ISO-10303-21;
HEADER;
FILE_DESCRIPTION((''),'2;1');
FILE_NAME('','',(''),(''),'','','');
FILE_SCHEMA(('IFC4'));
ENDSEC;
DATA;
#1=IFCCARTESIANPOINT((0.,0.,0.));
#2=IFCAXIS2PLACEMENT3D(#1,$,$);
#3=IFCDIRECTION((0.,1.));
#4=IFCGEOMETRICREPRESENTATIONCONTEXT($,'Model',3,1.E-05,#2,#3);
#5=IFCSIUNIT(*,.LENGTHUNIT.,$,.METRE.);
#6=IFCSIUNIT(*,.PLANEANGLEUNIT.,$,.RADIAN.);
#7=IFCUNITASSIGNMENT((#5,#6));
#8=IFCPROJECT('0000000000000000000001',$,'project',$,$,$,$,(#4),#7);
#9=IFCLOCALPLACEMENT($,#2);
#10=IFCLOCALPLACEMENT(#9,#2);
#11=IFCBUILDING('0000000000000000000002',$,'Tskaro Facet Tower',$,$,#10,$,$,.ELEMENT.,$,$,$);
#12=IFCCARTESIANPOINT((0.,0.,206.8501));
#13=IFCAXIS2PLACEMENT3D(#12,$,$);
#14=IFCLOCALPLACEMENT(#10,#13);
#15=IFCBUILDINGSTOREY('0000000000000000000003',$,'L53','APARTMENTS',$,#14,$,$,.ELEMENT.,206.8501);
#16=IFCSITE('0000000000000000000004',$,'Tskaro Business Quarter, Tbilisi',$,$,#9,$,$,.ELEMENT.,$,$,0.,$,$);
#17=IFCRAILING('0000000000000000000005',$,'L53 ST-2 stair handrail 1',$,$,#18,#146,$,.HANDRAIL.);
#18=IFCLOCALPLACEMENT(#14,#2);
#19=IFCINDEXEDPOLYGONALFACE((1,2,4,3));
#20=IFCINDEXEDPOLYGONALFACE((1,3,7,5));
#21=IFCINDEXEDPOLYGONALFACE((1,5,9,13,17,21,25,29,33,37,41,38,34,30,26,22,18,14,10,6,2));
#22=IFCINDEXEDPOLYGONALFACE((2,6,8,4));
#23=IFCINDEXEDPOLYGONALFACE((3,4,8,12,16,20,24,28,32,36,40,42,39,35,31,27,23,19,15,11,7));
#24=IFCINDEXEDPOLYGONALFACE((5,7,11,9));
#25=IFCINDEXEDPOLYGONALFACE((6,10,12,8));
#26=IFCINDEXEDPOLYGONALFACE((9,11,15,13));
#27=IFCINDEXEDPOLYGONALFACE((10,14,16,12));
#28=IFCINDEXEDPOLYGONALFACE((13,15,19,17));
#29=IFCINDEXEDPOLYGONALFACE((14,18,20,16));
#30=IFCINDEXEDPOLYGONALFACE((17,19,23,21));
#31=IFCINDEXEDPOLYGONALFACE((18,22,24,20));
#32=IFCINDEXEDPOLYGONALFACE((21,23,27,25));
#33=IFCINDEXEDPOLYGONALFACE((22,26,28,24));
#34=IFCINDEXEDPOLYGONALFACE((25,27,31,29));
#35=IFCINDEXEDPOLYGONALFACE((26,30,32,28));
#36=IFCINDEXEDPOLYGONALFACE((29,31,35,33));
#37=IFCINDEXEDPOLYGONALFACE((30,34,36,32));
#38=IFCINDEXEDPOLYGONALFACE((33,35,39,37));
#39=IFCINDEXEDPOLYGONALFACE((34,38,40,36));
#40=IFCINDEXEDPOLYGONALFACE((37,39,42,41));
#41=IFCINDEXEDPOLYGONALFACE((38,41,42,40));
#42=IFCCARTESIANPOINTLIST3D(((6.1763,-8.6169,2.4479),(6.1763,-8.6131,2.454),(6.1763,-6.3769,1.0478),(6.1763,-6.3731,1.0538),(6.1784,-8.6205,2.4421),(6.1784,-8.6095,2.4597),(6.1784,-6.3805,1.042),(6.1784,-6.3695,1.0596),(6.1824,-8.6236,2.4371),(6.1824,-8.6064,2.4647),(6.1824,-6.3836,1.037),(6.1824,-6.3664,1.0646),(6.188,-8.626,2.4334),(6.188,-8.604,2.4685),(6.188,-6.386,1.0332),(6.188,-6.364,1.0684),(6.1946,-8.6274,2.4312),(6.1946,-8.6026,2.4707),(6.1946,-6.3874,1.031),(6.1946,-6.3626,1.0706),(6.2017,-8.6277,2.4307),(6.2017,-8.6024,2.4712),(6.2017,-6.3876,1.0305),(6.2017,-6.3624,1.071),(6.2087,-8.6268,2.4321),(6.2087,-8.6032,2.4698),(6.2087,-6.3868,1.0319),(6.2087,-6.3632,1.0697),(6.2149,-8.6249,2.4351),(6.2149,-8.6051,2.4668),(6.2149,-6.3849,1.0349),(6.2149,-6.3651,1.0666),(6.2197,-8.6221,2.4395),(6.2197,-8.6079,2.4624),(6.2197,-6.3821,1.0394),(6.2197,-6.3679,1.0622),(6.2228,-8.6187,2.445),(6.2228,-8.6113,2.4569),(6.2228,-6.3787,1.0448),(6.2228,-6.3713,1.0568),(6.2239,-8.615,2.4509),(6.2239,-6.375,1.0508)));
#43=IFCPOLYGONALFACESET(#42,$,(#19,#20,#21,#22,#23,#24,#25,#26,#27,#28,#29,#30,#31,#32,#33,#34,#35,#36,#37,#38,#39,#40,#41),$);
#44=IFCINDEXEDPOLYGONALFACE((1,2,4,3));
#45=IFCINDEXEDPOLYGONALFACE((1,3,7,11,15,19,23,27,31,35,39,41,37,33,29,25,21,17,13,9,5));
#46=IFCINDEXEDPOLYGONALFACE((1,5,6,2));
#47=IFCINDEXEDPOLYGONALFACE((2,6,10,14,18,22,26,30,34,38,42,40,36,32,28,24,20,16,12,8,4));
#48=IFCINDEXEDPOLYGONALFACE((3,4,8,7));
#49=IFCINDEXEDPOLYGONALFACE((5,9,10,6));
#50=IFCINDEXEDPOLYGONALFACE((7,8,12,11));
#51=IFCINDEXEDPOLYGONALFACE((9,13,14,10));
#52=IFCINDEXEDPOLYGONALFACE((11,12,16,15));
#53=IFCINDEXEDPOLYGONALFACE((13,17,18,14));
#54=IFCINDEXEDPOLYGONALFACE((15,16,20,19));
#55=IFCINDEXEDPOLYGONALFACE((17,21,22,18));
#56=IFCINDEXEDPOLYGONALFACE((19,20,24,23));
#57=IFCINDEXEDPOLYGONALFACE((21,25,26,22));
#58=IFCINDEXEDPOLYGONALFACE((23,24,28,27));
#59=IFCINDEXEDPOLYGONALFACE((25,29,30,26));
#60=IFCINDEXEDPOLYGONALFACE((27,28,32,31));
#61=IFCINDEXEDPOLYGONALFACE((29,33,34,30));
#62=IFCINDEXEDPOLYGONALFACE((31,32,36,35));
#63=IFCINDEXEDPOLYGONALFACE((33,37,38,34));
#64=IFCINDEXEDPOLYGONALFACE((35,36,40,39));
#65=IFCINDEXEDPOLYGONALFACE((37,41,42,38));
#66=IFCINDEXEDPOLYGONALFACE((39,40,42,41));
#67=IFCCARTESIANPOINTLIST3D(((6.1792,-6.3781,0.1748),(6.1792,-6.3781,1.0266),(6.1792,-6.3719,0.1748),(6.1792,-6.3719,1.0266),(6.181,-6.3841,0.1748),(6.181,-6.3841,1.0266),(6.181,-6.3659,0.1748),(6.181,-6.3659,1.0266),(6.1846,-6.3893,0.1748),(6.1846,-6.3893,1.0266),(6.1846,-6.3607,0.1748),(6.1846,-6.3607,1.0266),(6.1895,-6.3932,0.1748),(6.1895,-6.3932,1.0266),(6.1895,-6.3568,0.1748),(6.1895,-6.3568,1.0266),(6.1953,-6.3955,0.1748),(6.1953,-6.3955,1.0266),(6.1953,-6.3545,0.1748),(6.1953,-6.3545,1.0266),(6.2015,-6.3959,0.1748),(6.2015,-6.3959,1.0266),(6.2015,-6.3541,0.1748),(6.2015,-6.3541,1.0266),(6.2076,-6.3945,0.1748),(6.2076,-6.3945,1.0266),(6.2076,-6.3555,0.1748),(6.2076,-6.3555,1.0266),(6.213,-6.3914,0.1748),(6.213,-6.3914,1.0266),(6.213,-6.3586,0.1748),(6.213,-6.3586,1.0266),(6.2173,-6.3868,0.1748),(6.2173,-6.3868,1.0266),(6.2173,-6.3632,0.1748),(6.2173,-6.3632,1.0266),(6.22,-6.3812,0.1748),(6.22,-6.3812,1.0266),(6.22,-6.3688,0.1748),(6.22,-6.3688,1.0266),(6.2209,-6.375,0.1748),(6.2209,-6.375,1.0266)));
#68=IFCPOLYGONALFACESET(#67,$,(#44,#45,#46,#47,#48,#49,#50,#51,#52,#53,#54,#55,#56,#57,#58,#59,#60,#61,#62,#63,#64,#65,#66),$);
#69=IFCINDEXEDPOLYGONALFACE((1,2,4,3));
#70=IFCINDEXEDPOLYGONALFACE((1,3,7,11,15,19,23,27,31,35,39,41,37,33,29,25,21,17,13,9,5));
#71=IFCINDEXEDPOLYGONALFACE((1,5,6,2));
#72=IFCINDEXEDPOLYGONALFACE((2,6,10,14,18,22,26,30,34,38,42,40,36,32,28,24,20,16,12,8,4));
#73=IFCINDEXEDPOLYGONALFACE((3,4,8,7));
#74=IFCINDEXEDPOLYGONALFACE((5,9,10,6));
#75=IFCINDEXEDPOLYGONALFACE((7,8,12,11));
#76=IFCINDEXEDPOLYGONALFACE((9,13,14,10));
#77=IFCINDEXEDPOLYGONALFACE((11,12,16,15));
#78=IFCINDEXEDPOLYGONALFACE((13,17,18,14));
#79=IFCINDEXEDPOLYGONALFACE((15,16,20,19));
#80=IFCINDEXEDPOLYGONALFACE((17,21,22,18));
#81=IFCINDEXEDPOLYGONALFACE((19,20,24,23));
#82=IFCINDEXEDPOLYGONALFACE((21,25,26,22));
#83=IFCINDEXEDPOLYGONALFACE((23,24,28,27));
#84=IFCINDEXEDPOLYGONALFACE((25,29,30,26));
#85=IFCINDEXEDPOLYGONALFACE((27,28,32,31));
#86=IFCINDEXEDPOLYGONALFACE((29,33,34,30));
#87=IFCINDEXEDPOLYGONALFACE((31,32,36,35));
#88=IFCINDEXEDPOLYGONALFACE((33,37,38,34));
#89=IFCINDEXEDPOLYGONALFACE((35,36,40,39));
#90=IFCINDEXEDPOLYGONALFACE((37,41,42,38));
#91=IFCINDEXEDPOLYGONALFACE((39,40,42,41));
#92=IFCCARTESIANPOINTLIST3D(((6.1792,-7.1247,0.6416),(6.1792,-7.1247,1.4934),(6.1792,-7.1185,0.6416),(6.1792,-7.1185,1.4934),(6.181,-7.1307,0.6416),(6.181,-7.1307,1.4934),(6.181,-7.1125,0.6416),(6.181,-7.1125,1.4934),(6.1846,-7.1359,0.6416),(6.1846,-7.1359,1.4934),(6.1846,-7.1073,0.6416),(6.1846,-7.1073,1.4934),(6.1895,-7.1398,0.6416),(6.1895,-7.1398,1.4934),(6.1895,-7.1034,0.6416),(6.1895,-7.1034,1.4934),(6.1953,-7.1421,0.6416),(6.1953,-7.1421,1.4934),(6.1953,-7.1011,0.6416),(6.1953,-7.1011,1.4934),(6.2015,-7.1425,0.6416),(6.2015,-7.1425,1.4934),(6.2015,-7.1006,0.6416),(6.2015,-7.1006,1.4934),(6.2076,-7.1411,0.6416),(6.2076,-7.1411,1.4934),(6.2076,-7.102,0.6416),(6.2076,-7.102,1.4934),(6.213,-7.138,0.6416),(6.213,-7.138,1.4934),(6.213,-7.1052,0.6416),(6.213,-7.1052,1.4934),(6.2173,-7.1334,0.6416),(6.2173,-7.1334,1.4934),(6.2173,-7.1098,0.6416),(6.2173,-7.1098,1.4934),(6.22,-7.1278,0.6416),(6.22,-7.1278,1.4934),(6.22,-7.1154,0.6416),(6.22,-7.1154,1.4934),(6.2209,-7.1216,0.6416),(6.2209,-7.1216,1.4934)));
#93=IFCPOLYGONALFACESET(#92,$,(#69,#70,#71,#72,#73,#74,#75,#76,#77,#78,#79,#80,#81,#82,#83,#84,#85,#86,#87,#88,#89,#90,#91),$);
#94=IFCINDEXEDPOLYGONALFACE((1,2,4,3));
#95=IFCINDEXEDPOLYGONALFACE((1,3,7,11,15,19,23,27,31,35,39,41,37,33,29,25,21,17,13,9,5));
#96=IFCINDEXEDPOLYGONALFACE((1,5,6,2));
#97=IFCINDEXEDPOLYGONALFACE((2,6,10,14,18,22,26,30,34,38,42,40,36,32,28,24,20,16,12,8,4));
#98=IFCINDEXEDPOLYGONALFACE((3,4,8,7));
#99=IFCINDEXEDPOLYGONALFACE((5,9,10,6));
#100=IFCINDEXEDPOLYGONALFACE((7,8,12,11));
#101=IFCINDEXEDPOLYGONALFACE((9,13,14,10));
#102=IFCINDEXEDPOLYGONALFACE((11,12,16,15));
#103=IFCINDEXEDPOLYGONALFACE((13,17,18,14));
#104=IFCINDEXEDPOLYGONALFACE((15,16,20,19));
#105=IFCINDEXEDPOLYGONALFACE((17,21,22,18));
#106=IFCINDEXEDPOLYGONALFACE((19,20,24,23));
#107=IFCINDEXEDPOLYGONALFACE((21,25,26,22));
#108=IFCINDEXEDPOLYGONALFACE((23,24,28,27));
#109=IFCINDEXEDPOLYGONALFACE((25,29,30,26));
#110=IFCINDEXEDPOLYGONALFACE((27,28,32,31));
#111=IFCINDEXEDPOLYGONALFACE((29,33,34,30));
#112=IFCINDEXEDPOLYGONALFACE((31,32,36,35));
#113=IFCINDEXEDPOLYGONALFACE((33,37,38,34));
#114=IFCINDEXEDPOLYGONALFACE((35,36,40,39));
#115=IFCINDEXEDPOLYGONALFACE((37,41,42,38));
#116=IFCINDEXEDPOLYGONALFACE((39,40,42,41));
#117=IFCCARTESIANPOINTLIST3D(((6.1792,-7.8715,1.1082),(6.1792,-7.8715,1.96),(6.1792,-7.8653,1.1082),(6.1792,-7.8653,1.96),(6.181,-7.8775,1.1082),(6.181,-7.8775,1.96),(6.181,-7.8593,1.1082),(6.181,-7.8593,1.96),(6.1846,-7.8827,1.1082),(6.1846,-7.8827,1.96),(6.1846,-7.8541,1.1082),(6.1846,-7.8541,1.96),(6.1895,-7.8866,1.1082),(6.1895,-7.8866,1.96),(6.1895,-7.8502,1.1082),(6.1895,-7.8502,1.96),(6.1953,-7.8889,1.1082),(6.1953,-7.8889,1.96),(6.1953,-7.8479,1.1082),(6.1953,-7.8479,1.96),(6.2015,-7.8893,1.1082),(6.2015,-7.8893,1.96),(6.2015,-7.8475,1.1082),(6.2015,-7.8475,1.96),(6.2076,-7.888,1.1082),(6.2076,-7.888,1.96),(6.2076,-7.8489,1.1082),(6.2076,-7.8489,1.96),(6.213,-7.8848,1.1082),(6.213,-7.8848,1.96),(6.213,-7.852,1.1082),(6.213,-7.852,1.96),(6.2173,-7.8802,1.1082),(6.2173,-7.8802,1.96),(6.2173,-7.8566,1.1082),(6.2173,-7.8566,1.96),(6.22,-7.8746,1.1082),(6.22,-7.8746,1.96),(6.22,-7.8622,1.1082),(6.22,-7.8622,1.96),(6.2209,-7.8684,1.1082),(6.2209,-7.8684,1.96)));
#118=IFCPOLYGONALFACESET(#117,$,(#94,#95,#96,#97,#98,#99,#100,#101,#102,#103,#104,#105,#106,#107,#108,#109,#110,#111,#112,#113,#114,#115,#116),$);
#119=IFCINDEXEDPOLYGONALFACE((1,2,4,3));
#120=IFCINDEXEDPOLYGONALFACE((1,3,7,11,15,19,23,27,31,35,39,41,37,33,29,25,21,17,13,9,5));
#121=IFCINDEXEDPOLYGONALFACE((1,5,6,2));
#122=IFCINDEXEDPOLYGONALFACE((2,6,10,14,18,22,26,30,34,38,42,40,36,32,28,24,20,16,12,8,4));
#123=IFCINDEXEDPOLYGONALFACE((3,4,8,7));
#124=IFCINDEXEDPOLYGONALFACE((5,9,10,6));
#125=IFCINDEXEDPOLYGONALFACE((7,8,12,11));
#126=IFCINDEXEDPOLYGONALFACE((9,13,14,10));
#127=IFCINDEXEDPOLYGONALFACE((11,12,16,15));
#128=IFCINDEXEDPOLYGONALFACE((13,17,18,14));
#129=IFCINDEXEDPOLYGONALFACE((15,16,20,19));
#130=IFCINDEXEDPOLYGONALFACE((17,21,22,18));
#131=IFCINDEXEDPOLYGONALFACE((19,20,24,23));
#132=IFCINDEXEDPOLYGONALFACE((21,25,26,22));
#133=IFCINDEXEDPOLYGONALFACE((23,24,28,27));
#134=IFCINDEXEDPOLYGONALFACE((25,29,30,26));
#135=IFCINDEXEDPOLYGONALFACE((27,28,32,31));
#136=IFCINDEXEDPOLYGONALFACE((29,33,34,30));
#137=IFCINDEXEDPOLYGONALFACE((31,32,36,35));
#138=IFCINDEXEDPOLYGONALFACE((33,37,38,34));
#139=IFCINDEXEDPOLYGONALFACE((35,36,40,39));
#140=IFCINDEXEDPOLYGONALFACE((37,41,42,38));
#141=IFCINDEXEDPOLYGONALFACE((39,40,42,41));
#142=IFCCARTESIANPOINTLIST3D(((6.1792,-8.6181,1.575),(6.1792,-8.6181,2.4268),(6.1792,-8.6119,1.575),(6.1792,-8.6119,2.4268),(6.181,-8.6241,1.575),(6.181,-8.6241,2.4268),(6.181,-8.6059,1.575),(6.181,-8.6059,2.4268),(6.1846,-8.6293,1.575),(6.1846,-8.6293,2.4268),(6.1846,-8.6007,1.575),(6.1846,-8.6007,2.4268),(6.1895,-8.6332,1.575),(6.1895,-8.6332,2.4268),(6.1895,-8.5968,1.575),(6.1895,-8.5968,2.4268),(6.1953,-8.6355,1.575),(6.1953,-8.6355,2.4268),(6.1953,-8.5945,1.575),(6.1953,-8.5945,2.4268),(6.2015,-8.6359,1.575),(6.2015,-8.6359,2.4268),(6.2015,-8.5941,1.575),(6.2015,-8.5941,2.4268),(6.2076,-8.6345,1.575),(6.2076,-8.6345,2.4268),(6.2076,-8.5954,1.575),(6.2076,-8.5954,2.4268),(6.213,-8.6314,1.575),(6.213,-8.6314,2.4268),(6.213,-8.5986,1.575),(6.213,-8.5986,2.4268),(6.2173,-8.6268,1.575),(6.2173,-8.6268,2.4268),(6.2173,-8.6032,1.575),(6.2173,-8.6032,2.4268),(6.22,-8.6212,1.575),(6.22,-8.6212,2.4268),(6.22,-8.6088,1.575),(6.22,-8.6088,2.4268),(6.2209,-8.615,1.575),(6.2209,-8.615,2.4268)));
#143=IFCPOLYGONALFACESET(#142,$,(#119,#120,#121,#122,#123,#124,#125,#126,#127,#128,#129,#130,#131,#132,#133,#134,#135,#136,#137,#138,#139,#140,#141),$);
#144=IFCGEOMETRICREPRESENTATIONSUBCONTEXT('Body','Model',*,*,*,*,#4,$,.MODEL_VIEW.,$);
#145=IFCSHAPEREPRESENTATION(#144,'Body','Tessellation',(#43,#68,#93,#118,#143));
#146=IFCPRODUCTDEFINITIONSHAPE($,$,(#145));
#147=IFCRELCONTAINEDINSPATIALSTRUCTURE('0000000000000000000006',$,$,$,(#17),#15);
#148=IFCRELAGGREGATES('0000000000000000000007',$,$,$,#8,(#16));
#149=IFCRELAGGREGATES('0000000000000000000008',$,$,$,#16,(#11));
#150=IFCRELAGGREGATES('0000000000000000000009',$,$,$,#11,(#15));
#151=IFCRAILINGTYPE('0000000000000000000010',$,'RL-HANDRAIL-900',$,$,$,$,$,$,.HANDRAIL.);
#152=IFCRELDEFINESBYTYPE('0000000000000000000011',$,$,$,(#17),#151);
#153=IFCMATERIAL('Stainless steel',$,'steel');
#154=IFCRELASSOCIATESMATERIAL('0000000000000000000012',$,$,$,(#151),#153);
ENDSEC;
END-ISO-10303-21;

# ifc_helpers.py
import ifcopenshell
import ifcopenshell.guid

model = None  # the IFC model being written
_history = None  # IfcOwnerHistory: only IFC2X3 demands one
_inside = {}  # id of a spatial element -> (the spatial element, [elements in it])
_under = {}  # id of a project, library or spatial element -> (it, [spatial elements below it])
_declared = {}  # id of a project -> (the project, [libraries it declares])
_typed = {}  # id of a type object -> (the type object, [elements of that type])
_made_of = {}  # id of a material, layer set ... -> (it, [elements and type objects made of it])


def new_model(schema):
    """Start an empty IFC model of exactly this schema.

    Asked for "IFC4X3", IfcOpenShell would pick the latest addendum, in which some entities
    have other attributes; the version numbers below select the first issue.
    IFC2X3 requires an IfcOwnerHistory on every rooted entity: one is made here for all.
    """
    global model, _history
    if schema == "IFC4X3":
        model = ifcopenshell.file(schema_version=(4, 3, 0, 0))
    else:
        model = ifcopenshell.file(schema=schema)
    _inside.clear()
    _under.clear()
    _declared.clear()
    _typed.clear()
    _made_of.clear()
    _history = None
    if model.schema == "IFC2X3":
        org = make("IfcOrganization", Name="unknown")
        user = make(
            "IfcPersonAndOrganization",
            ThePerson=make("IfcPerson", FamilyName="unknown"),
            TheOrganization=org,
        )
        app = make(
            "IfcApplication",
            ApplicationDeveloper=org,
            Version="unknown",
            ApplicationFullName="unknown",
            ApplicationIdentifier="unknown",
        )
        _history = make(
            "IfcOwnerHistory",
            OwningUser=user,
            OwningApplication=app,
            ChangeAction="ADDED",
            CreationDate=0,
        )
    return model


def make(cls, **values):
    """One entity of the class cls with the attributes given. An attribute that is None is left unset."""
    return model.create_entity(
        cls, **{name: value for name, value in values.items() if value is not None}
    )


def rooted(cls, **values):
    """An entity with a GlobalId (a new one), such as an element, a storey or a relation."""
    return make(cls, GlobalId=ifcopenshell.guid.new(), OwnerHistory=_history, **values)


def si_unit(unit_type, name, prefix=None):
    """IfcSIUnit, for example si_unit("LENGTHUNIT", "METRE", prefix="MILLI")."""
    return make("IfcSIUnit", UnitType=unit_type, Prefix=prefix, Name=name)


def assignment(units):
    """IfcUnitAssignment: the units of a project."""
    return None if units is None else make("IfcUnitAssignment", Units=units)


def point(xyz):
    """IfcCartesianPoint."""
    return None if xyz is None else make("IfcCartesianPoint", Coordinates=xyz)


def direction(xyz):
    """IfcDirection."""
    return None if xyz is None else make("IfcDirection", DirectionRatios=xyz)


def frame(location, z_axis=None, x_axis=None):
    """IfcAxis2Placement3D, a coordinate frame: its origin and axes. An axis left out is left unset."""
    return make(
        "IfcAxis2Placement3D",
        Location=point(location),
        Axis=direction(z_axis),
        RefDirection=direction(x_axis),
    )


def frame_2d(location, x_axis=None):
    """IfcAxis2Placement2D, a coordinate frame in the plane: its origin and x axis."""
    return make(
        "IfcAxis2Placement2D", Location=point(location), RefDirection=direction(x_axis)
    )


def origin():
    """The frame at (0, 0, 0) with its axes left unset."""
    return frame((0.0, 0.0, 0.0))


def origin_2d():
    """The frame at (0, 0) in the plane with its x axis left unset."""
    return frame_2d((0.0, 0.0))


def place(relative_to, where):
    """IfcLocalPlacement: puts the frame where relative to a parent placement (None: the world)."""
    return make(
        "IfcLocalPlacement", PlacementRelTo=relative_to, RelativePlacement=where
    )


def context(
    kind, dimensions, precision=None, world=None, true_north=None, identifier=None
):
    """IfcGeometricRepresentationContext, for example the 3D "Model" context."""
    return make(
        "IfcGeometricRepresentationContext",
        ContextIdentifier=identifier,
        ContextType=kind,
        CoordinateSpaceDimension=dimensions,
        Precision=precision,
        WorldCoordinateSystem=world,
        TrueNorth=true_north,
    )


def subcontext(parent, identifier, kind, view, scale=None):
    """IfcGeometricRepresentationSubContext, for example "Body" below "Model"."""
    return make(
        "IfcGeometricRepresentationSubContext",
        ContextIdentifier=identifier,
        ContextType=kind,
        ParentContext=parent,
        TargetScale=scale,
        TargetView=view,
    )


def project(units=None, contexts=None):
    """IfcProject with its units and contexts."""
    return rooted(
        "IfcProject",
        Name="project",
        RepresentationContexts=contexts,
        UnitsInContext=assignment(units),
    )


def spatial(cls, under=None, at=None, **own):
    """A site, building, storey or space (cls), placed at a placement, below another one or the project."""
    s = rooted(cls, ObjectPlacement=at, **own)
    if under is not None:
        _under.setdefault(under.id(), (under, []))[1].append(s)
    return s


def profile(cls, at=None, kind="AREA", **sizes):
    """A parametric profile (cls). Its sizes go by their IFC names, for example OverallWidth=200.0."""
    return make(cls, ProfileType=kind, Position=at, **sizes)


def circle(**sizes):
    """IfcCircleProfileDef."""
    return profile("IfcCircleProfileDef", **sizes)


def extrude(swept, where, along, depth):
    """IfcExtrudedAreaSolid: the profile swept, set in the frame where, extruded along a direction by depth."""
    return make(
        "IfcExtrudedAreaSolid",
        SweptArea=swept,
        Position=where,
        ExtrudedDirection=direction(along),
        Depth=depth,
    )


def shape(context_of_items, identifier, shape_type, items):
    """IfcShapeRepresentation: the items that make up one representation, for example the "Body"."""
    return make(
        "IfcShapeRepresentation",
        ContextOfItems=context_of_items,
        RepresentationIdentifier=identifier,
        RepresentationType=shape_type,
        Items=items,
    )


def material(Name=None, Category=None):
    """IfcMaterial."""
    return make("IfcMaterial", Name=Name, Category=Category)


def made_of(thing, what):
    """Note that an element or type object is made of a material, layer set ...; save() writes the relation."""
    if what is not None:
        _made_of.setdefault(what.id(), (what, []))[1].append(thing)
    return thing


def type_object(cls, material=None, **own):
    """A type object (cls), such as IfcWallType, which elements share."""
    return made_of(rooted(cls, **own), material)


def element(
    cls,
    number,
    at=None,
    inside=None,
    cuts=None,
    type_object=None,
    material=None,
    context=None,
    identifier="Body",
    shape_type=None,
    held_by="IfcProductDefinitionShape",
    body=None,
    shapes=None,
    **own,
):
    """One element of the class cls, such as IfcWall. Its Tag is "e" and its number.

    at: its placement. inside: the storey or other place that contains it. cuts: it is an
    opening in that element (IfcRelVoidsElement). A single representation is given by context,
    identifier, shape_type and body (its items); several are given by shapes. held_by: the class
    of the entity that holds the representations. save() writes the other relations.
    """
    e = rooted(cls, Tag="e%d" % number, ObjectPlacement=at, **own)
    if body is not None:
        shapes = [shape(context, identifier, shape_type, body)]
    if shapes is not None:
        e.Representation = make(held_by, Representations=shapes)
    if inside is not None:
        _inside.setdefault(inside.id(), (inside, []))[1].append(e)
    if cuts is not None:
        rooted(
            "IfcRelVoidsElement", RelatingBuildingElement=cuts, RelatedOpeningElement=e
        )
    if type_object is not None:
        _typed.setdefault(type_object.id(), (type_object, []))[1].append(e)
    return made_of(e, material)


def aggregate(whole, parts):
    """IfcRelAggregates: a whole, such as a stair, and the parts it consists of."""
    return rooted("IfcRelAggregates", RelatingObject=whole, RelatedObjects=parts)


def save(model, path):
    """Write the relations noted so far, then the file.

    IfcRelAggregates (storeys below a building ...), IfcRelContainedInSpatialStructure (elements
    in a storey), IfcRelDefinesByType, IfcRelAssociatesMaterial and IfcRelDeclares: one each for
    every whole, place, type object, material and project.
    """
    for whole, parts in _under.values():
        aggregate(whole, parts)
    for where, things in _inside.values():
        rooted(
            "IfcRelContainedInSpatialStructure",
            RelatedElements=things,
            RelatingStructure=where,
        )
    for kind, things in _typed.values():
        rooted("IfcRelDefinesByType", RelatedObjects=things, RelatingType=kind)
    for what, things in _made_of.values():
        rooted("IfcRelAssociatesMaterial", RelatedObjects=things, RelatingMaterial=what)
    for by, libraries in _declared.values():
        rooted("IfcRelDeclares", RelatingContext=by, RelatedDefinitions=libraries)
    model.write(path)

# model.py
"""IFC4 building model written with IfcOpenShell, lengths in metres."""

from ifc_helpers import new_model, si_unit, direction, frame, origin, origin_2d, place, context, subcontext, project, spatial, circle, extrude, material, type_object, element, save


model = new_model("IFC4")

# Units and contexts
model_context = context("Model", 3, precision=1e-05, world=origin(), true_north=direction((0.0, 1.0)))
body_context = subcontext(model_context, "Body", "Model", "MODEL_VIEW")
ifc_project = project(units=[si_unit("LENGTHUNIT", "METRE"), si_unit("PLANEANGLEUNIT", "RADIAN")], contexts=[model_context])

# Site, building, storey
site_placement = place(None, origin())
site = spatial("IfcSite", under=ifc_project, at=site_placement, Name="Tskaro Business Quarter, Tbilisi", CompositionType="ELEMENT", RefElevation=0.0)
building_placement = place(site_placement, origin())
building = spatial("IfcBuilding", under=site, at=building_placement, Name="Tskaro Facet Tower", CompositionType="ELEMENT")
storey_placement = place(building_placement, frame((0.0, 0.0, 206.8501)))
storey = spatial("IfcBuildingStorey", under=building, at=storey_placement, Name="L53", Description="APARTMENTS", CompositionType="ELEMENT", Elevation=206.8501)

# Railing
ifc_material_1 = material(Name="Stainless steel", Category="steel")
railing_type_1 = type_object("IfcRailingType", Name="RL-HANDRAIL-900", PredefinedType="HANDRAIL", material=ifc_material_1)
railing_1_placement = place(storey_placement, frame((6.2, -6.375, 0.1748)))
element("IfcRailing", 1, at=railing_1_placement, inside=storey, type_object=railing_type_1, Name="L53 ST-2 stair handrail 1", PredefinedType="HANDRAIL", context=body_context, shape_type="SweptSolid", body=[
    extrude(circle(Radius=0.0239, at=origin_2d()), frame((0.0, 0.0, 0.876), z_axis=(0.0, -0.847972, 0.53004), x_axis=(1.0, 0.0, 0.0)), (0.0, 0.0, 1.0), 2.6416),
    extrude(circle(Radius=0.021, at=origin_2d()), origin(), (0.0, 0.0, 1.0), 0.8518),
    extrude(circle(Radius=0.021, at=origin_2d()), frame((0.0, -0.7466, 0.4668)), (0.0, 0.0, 1.0), 0.8518),
    extrude(circle(Radius=0.021, at=origin_2d()), frame((0.0, -1.4934, 0.9333)), (0.0, 0.0, 1.0), 0.8518),
    extrude(circle(Radius=0.021, at=origin_2d()), frame((0.0, -2.24, 1.4001)), (0.0, 0.0, 1.0), 0.8518),
])

save(model, "model.ifc")
